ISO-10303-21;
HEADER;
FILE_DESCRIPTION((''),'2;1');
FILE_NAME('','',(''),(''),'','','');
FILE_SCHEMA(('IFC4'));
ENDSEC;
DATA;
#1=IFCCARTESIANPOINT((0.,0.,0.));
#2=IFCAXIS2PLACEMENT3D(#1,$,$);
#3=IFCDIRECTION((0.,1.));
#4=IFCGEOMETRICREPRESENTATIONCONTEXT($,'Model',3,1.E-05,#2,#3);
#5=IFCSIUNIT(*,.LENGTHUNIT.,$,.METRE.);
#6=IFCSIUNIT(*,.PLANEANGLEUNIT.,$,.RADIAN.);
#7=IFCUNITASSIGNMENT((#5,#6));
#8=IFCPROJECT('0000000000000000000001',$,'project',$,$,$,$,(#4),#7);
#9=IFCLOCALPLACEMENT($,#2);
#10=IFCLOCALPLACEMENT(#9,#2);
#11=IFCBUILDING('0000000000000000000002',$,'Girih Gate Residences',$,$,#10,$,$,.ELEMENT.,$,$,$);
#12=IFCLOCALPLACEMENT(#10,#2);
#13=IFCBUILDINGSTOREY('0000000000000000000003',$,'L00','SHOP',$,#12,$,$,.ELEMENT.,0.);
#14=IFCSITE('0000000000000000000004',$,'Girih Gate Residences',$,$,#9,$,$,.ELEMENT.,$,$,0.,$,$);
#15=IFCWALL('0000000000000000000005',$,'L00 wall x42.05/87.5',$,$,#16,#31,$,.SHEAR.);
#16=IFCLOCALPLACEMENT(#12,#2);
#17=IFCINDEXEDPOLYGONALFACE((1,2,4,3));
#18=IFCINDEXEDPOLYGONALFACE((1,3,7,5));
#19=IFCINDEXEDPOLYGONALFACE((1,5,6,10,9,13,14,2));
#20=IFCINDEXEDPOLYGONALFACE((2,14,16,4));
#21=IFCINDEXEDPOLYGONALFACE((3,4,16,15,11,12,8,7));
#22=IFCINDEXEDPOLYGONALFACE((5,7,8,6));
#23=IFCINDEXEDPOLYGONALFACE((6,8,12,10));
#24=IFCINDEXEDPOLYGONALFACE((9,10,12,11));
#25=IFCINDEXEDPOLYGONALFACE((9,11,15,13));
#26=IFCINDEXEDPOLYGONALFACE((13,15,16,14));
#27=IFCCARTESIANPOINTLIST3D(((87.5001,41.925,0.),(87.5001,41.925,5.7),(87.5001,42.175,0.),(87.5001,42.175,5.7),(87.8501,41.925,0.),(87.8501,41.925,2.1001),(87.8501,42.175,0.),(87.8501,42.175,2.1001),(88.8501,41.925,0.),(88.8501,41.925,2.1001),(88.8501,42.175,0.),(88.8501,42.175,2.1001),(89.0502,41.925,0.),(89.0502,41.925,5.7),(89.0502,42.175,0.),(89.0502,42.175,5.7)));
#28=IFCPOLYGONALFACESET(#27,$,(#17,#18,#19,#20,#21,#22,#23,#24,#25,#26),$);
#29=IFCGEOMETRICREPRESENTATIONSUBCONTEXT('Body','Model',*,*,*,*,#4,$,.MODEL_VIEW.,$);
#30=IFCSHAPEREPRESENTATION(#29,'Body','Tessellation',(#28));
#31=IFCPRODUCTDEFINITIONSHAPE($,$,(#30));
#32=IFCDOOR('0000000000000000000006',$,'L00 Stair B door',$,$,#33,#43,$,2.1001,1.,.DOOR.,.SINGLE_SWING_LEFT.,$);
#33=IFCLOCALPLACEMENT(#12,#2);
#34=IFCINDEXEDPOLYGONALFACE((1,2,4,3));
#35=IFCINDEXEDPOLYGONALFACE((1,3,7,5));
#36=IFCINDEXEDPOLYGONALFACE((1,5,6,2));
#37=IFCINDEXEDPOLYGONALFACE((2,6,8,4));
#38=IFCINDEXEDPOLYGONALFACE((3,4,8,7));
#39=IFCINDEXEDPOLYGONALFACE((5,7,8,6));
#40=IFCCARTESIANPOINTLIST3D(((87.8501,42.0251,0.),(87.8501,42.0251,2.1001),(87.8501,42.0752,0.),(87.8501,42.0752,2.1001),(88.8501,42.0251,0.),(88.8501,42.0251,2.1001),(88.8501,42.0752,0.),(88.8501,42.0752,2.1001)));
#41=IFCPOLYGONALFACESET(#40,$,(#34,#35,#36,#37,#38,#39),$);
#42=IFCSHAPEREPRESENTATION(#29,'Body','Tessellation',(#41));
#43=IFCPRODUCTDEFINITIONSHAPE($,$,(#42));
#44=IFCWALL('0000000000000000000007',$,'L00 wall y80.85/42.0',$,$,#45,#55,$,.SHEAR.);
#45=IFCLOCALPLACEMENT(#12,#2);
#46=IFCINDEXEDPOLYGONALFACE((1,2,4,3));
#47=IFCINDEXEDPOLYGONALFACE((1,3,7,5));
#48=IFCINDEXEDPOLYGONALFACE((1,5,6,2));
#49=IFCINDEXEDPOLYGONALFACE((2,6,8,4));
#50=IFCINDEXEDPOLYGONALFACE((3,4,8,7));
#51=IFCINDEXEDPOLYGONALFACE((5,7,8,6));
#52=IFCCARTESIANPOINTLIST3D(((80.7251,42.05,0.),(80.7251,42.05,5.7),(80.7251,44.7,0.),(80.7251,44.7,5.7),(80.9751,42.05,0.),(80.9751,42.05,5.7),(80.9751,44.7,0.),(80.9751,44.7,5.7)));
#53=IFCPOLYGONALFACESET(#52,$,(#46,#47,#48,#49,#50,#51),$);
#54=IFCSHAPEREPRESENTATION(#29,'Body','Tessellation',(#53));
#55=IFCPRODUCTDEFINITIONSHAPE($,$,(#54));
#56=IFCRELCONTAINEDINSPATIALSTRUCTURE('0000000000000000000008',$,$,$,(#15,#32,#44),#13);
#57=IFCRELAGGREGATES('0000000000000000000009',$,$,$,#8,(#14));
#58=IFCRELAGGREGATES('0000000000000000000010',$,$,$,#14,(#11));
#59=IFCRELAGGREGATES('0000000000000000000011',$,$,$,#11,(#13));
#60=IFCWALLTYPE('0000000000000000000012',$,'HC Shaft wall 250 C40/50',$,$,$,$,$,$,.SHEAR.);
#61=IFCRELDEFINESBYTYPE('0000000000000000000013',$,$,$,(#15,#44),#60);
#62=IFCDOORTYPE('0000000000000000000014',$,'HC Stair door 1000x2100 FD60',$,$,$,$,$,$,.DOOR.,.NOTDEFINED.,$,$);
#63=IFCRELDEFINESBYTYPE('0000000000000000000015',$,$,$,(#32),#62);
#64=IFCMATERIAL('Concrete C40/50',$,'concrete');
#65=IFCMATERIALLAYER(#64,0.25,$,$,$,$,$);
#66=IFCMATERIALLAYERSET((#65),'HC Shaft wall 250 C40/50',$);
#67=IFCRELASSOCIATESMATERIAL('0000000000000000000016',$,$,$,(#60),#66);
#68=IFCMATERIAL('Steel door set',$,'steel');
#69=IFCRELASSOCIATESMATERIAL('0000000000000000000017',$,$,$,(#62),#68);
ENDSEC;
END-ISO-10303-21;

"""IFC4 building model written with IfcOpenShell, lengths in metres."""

from ifc_helpers import new_model, si_unit, direction, frame, frame_2d, origin, place, context, subcontext, project, spatial, rectangle, extrude, material, layer, layer_set, type_object, element, fill, save


model = new_model("IFC4")

# Units and contexts
model_context = context("Model", 3, precision=1e-05, world=origin(), true_north=direction((0.0, 1.0)))
body_context = subcontext(model_context, "Body", "Model", "MODEL_VIEW")
ifc_project = project(units=[si_unit("LENGTHUNIT", "METRE"), si_unit("PLANEANGLEUNIT", "RADIAN")], contexts=[model_context])

# Site, building, storey
site_placement = place(None, origin())
site = spatial("IfcSite", under=ifc_project, at=site_placement, Name="Girih Gate Residences", CompositionType="ELEMENT", RefElevation=0.0)
building_placement = place(site_placement, origin())
building = spatial("IfcBuilding", under=site, at=building_placement, Name="Girih Gate Residences", CompositionType="ELEMENT")
storey_placement = place(building_placement, origin())
storey = spatial("IfcBuildingStorey", under=building, at=storey_placement, Name="L00", Description="SHOP", CompositionType="ELEMENT", Elevation=0.0)

# Shared definitions
ifc_material_1 = material(Name="Concrete C40/50", Category="concrete")

# Shared definitions
ifc_layer_1 = layer(ifc_material_1, 0.25)
ifc_layer_set_1 = layer_set([ifc_layer_1], Name="HC Shaft wall 250 C40/50")
wall_type_1 = type_object("IfcWallType", Name="HC Shaft wall 250 C40/50", PredefinedType="SHEAR", material=ifc_layer_set_1)

# Wall, opening, door
wall_1_placement = place(storey_placement, frame((89.05, 42.05, 0.0), z_axis=(0.0, 0.0, 1.0), x_axis=(-1.0, 0.0, 0.0)))
wall_1 = element("IfcWall", 1, at=wall_1_placement, inside=storey, type_object=wall_type_1, Name="L00 wall x42.05/87.5", PredefinedType="SHEAR", context=body_context, shape_type="SweptSolid", body=[
    extrude(rectangle(XDim=1.55, YDim=0.25, at=frame_2d((0.7749, 0.0))), origin(), (0.0, 0.0, 1.0), 5.7),
])
opening_1_placement = place(wall_1_placement, frame((0.2, 0.0, 0.0)))
opening_1 = element("IfcOpeningElement", 2, at=opening_1_placement, cuts=wall_1, PredefinedType="OPENING", context=body_context, shape_type="SweptSolid", body=[
    extrude(rectangle(XDim=1.0, YDim=2.1001, at=frame_2d((0.5, 1.05))), frame((0.0, 0.135, 0.0), z_axis=(0.0, -1.0, 0.0), x_axis=(1.0, 0.0, 0.0)), (0.0, 0.0, 1.0), 0.27),
])
ifc_material_2 = material(Name="Steel door set", Category="steel")
door_type_1 = type_object("IfcDoorType", Name="HC Stair door 1000x2100 FD60", OperationType="NOTDEFINED", PredefinedType="DOOR", material=ifc_material_2)
door_1_placement = place(opening_1_placement, origin())
door_1 = element("IfcDoor", 3, at=door_1_placement, inside=storey, type_object=door_type_1, Name="L00 Stair B door", OperationType="SINGLE_SWING_LEFT", OverallHeight=2.1001, OverallWidth=1.0, PredefinedType="DOOR", context=body_context, shape_type="SweptSolid", body=[
    extrude(rectangle(XDim=1.0, YDim=2.1001, at=frame_2d((0.5, 1.05))), frame((0.0, 0.0249, 0.0), z_axis=(0.0, -1.0, 0.0), x_axis=(1.0, 0.0, 0.0)), (0.0, 0.0, 1.0), 0.05),
])
fill(opening_1, door_1)

# Wall
wall_2_placement = place(storey_placement, frame((80.8501, 42.05, 0.0), z_axis=(0.0, 0.0, 1.0), x_axis=(0.0, 1.0, 0.0)))
element("IfcWall", 4, at=wall_2_placement, inside=storey, type_object=wall_type_1, Name="L00 wall y80.85/42.0", PredefinedType="SHEAR", context=body_context, shape_type="SweptSolid", body=[
    extrude(rectangle(XDim=2.6499, YDim=0.25, at=frame_2d((1.325, 0.0))), origin(), (0.0, 0.0, 1.0), 5.7),
])

save(model, "model.ifc")
